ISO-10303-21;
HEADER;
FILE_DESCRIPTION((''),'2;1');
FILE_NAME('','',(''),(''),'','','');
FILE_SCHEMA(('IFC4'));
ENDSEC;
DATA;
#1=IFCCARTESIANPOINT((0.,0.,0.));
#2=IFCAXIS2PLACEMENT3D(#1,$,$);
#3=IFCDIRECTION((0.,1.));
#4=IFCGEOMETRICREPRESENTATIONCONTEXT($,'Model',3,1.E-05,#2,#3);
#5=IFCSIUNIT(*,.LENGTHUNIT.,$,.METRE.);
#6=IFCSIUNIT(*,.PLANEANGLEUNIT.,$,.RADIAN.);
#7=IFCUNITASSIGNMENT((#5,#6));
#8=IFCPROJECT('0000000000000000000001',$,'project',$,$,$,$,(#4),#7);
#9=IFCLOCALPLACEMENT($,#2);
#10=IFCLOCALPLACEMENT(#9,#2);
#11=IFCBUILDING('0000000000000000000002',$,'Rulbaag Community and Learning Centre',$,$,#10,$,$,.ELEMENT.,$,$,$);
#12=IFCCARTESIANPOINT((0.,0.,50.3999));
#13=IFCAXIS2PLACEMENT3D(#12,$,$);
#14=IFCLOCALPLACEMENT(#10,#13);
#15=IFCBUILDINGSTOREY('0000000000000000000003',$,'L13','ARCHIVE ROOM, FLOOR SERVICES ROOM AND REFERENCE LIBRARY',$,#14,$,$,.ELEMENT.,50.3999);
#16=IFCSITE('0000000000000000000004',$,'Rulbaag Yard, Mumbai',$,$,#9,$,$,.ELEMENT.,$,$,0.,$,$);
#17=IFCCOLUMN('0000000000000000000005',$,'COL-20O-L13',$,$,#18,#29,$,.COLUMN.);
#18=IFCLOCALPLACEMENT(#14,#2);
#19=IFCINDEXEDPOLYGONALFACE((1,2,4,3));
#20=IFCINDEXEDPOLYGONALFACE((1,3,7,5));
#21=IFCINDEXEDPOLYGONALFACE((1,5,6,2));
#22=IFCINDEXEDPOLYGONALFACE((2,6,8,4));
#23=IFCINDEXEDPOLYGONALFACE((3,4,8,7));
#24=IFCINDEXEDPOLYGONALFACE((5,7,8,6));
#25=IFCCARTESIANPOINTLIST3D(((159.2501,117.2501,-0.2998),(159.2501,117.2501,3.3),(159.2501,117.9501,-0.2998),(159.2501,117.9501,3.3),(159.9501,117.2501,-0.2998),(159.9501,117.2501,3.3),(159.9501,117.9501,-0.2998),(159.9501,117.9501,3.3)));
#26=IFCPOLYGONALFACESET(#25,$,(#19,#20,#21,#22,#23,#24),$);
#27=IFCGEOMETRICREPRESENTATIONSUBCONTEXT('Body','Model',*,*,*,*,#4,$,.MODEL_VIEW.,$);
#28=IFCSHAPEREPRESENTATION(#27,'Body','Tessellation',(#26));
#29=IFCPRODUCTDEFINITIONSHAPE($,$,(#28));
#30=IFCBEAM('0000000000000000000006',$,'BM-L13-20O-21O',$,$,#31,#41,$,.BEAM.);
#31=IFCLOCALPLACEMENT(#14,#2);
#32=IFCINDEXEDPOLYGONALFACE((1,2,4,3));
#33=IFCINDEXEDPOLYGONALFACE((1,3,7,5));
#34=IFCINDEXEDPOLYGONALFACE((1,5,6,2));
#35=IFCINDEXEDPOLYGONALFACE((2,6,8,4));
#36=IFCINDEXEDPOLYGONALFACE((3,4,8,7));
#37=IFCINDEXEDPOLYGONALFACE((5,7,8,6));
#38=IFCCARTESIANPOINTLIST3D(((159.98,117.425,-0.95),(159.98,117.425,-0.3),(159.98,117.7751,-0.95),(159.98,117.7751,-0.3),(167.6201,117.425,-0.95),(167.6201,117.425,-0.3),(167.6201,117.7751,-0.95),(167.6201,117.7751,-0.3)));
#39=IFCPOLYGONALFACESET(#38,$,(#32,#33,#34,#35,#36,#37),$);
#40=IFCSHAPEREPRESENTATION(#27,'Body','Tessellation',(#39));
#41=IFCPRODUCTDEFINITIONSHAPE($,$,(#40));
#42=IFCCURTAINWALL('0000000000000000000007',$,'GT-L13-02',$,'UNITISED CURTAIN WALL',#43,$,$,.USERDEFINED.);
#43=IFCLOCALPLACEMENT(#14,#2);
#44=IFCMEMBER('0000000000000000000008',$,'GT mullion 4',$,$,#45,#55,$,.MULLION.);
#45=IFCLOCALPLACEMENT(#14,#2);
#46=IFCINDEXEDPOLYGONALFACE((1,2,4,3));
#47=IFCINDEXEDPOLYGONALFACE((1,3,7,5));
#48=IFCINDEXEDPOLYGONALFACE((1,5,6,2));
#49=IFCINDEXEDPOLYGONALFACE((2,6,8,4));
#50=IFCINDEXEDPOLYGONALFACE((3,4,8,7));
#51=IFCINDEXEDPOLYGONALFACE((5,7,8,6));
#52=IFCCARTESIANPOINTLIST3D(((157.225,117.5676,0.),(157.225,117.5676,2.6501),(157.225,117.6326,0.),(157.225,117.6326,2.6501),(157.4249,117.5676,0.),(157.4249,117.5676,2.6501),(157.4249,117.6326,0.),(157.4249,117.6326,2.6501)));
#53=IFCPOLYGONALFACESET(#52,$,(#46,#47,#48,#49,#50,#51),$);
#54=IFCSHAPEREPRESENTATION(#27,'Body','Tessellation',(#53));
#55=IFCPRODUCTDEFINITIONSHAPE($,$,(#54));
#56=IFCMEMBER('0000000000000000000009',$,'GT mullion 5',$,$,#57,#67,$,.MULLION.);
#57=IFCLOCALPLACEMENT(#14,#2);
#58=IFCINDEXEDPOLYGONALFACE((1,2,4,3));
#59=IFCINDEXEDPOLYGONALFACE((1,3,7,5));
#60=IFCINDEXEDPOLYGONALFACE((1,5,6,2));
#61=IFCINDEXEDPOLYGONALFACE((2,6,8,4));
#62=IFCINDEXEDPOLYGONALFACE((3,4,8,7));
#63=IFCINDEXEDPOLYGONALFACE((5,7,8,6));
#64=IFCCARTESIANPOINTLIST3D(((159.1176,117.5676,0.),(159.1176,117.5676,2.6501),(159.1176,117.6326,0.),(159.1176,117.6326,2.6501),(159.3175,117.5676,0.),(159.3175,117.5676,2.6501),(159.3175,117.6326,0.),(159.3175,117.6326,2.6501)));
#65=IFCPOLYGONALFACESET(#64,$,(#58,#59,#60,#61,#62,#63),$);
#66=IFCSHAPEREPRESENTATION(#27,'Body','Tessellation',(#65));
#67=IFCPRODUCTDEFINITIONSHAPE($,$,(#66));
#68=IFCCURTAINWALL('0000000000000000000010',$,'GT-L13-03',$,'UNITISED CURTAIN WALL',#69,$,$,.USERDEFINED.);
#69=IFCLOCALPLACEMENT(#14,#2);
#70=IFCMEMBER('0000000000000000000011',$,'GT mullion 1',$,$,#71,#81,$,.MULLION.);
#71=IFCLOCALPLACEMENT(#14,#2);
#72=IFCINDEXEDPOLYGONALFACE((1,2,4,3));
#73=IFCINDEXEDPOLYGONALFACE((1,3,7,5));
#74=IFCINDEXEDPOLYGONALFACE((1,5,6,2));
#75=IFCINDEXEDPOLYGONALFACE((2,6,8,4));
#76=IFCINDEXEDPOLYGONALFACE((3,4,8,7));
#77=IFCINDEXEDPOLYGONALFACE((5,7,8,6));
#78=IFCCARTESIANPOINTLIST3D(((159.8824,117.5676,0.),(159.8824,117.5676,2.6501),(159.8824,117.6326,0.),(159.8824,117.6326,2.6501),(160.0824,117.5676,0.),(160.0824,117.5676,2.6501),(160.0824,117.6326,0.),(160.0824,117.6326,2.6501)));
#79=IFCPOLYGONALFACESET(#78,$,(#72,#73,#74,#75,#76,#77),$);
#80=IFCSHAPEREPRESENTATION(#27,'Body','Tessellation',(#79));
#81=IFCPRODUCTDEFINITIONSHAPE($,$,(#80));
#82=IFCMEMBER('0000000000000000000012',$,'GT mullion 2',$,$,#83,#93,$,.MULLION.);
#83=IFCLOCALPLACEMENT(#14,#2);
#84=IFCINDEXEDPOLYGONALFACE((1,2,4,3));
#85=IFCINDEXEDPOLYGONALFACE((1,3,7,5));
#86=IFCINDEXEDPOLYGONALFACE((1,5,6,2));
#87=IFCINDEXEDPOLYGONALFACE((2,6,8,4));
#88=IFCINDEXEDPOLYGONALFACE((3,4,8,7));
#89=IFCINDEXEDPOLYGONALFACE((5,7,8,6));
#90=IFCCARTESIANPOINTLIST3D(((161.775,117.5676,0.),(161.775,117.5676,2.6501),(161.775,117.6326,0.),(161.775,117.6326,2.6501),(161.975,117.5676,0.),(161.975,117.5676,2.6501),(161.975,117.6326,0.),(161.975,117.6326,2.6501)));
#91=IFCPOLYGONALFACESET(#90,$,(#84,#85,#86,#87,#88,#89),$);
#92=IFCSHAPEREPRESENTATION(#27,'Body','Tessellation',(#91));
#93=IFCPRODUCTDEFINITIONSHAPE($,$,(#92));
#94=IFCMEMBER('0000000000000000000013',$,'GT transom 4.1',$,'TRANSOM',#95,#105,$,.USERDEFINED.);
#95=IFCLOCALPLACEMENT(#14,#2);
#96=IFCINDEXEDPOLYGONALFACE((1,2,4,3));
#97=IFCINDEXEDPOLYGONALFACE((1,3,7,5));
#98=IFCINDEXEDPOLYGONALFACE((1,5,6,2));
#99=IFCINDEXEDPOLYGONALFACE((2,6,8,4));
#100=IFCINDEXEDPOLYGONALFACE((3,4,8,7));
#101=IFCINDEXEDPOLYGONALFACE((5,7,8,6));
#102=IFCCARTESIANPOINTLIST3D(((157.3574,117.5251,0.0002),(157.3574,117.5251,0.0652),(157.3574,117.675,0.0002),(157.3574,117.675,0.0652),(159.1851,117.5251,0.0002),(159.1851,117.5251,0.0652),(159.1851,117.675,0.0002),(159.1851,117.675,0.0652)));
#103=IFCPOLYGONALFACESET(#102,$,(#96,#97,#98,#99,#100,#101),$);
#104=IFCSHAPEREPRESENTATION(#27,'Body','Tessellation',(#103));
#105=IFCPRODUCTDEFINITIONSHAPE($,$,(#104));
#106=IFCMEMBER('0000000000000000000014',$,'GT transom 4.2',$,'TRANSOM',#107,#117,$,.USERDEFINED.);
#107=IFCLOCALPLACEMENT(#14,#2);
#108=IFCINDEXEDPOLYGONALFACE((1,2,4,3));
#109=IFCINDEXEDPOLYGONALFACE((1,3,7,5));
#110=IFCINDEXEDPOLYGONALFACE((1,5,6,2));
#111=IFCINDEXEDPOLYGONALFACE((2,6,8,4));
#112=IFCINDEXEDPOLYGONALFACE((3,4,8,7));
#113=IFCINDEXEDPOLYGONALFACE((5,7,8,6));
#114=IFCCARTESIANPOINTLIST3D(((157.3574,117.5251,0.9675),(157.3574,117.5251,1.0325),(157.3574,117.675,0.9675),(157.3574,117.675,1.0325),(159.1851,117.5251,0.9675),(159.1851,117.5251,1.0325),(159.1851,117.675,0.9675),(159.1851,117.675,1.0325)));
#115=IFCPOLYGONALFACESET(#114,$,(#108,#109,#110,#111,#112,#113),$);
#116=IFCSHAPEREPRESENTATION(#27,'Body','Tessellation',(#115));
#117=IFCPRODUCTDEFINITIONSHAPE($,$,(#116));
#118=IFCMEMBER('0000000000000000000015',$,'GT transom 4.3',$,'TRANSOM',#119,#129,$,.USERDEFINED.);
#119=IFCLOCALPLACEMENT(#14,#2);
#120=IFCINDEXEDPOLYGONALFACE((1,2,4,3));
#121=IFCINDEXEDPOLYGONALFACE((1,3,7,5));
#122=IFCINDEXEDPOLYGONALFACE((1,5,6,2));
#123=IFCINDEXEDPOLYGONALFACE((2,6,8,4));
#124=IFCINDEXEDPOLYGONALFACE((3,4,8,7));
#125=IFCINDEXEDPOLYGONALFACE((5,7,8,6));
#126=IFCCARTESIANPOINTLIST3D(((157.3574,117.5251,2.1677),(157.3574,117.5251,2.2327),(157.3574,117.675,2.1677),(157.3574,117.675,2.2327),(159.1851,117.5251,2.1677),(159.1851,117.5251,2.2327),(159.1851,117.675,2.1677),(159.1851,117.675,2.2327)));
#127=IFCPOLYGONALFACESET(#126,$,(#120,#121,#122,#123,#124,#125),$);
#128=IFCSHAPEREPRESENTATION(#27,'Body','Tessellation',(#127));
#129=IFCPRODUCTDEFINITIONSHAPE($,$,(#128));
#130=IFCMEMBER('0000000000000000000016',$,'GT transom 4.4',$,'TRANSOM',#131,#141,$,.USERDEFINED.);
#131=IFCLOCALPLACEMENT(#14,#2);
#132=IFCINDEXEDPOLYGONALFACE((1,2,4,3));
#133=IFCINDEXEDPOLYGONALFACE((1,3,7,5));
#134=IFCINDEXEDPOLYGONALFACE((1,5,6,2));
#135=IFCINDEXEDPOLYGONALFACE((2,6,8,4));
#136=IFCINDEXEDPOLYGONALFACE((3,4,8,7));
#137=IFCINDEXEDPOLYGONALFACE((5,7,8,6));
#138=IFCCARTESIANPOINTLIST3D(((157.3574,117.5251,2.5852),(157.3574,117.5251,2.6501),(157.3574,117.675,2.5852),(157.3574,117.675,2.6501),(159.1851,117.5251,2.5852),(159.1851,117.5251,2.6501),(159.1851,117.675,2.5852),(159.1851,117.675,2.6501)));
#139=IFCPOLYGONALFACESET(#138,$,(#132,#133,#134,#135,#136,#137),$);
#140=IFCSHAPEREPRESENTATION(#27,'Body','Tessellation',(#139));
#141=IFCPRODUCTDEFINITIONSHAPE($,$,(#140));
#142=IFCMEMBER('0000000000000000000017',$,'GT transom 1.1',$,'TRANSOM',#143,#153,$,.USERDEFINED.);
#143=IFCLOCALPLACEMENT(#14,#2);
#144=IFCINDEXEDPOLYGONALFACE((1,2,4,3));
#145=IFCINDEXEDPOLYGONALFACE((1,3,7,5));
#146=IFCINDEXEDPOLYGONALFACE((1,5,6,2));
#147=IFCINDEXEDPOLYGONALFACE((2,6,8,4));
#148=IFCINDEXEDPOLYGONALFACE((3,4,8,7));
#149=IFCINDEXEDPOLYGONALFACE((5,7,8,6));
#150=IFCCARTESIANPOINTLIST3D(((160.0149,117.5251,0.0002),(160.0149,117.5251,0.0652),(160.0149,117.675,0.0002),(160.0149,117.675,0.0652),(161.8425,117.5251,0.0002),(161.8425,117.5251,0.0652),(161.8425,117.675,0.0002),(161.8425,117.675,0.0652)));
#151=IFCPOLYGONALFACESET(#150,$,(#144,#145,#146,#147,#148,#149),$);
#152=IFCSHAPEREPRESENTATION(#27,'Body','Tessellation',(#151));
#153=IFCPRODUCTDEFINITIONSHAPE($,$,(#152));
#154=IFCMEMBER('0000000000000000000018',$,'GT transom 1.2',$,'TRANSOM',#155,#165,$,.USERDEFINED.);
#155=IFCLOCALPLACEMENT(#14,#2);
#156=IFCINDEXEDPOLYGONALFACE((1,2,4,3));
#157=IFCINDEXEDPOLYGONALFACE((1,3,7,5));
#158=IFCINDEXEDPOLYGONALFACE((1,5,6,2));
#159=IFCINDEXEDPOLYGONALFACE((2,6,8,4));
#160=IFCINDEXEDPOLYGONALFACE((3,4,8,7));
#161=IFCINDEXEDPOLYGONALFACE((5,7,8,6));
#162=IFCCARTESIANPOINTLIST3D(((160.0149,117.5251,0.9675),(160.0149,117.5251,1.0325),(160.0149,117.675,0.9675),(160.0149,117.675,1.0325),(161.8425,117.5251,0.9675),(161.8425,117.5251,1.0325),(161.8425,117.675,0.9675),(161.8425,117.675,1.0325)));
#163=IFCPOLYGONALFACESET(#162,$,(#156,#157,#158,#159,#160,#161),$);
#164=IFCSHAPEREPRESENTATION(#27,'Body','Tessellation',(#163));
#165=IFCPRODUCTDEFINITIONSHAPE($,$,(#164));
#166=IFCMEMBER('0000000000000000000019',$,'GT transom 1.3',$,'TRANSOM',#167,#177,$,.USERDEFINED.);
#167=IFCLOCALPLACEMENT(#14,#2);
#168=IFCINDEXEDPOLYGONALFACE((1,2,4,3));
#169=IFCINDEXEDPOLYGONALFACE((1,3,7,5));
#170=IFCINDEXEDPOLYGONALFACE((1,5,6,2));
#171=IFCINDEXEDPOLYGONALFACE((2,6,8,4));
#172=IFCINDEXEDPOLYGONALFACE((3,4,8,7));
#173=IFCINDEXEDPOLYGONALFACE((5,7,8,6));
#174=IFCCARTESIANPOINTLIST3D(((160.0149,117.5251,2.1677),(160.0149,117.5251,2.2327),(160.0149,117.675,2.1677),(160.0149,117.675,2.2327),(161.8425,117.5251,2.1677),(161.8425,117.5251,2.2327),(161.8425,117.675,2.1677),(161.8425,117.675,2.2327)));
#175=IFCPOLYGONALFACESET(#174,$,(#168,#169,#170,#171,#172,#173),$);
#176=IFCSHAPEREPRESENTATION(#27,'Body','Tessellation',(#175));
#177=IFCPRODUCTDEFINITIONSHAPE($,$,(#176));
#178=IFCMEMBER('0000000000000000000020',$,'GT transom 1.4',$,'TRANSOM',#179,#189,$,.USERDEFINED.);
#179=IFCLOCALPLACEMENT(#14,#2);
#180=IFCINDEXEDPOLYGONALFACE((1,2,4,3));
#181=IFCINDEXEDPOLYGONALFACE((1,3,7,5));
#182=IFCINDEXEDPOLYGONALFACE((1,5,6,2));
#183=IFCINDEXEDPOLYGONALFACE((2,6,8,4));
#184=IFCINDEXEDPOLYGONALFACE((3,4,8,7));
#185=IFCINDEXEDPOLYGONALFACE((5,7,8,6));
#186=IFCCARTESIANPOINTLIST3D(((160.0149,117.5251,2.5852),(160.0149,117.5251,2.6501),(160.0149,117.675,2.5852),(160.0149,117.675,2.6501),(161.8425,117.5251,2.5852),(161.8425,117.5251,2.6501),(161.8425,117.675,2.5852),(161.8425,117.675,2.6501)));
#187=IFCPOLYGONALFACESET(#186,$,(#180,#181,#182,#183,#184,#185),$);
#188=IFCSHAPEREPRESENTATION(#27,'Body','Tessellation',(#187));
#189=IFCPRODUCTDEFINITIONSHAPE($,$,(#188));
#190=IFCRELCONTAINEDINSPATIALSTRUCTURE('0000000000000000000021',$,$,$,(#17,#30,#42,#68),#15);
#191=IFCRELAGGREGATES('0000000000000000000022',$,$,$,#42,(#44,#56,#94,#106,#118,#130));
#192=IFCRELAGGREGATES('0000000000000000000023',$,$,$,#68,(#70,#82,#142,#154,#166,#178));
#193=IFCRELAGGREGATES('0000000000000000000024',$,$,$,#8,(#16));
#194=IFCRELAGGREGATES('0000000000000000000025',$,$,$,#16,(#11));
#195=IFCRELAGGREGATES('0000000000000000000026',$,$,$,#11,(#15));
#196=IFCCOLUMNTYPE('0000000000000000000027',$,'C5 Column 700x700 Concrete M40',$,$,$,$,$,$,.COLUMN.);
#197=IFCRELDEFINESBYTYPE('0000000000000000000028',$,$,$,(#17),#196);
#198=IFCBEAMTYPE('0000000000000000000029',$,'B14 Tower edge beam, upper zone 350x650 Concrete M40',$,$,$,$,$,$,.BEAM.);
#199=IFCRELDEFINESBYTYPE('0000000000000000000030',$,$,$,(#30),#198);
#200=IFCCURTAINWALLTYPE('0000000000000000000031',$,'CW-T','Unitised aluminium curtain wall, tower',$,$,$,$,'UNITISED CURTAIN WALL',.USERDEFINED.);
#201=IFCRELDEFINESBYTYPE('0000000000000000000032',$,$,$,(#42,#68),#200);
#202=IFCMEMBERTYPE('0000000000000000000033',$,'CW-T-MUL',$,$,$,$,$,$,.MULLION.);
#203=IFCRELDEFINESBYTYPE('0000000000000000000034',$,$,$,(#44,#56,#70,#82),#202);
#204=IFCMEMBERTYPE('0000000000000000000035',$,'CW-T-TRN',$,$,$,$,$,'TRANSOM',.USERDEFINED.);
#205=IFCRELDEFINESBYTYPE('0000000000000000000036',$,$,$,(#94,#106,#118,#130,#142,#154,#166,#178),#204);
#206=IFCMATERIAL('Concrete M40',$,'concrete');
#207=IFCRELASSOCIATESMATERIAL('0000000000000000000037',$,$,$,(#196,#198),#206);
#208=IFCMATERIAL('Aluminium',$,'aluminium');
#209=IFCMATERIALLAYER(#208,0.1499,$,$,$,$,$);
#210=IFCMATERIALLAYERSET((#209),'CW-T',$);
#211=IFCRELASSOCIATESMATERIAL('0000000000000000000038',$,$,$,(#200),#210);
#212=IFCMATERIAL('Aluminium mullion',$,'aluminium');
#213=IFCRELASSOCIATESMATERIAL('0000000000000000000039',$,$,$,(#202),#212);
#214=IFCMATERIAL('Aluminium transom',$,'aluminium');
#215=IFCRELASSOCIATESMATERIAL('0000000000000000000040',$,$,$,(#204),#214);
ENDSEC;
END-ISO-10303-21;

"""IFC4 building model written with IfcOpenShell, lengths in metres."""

from ifc_helpers import new_model, si_unit, direction, frame, origin, origin_2d, place, context, subcontext, project, spatial, rectangle, extrude, material, layer, layer_set, material_profile, profile_set, type_object, element, aggregate, save


model = new_model("IFC4")

# Units and contexts
model_context = context("Model", 3, precision=1e-05, world=origin(), true_north=direction((0.0, 1.0)))
body_context = subcontext(model_context, "Body", "Model", "MODEL_VIEW")
ifc_project = project(units=[si_unit("LENGTHUNIT", "METRE"), si_unit("PLANEANGLEUNIT", "RADIAN")], contexts=[model_context])

# Site, building, storey
site_placement = place(None, origin())
site = spatial("IfcSite", under=ifc_project, at=site_placement, Name="Rulbaag Yard, Mumbai", CompositionType="ELEMENT", RefElevation=0.0)
building_placement = place(site_placement, origin())
building = spatial("IfcBuilding", under=site, at=building_placement, Name="Rulbaag Community and Learning Centre", CompositionType="ELEMENT")
storey_placement = place(building_placement, frame((0.0, 0.0, 50.3999)))
storey = spatial("IfcBuildingStorey", under=building, at=storey_placement, Name="L13", Description="ARCHIVE ROOM, FLOOR SERVICES ROOM AND REFERENCE LIBRARY", CompositionType="ELEMENT", Elevation=50.3999)

# Column
ifc_material_1 = material(Name="Concrete M40", Category="concrete")
ifc_material_profile_1 = material_profile(ifc_material_1, rectangle(XDim=0.7, YDim=0.7, at=origin_2d()), Name="RC700x700")
ifc_profile_set_1 = profile_set([ifc_material_profile_1], Name="Concrete M40")
column_type = type_object("IfcColumnType", Name="C5 Column 700x700 Concrete M40", PredefinedType="COLUMN", material=ifc_profile_set_1)
column_placement = place(storey_placement, frame((159.6001, 117.6001, -0.2998), z_axis=(0.0, 0.0, 1.0), x_axis=(1.0, 0.0, 0.0)))
element("IfcColumn", 1, at=column_placement, inside=storey, type_object=column_type, Name="COL-20O-L13", PredefinedType="COLUMN", context=body_context, shape_type="SweptSolid", body=[
    extrude(rectangle(XDim=0.7, YDim=0.7, at=origin_2d()), origin(), (0.0, 0.0, 1.0), 3.5999),
])

# Beam
ifc_material_profile_2 = material_profile(ifc_material_1, rectangle(XDim=0.3501, YDim=0.6499, at=origin_2d()), Name="RB350x650")
ifc_profile_set_2 = profile_set([ifc_material_profile_2], Name="Concrete M40")
beam_type = type_object("IfcBeamType", Name="B14 Tower edge beam, upper zone 350x650 Concrete M40", PredefinedType="BEAM", material=ifc_profile_set_2)
beam_placement = place(storey_placement, frame((159.98, 117.6001, -0.625), z_axis=(1.0, 0.0, 0.0), x_axis=(0.0, 1.0, 0.0)))
element("IfcBeam", 2, at=beam_placement, inside=storey, type_object=beam_type, Name="BM-L13-20O-21O", PredefinedType="BEAM", context=body_context, shape_type="SweptSolid", body=[
    extrude(rectangle(XDim=0.3501, YDim=0.6499, at=origin_2d()), origin(), (0.0, 0.0, 1.0), 7.6401),
])

# Curtain walls, members
ifc_material_2 = material(Name="Aluminium", Category="aluminium")
ifc_layer_1 = layer(ifc_material_2, 0.1499)
ifc_layer_set_1 = layer_set([ifc_layer_1], Name="CW-T")
curtain_wall_type = type_object("IfcCurtainWallType", Name="CW-T", Description="Unitised aluminium curtain wall, tower", ElementType="UNITISED CURTAIN WALL", PredefinedType="USERDEFINED", material=ifc_layer_set_1)
curtain_wall_1_placement = place(storey_placement, origin())
curtain_wall_1 = element("IfcCurtainWall", 3, at=curtain_wall_1_placement, inside=storey, type_object=curtain_wall_type, Name="GT-L13-02", ObjectType="UNITISED CURTAIN WALL", PredefinedType="USERDEFINED")
ifc_material_3 = material(Name="Aluminium mullion", Category="aluminium")
ifc_material_profile_3 = material_profile(ifc_material_3, rectangle(XDim=0.0649, YDim=0.2, at=origin_2d()), Name="AL 65x200")
ifc_profile_set_3 = profile_set([ifc_material_profile_3], Name="Aluminium mullion")
member_type_1 = type_object("IfcMemberType", Name="CW-T-MUL", PredefinedType="MULLION", material=ifc_profile_set_3)
member_1_placement = place(storey_placement, frame((157.325, 117.6001, 0.0), z_axis=(0.0, 0.0, 1.0), x_axis=(0.0, 1.0, 0.0)))
member_1 = element("IfcMember", 4, at=member_1_placement, type_object=member_type_1, Name="GT mullion 4", PredefinedType="MULLION", context=body_context, shape_type="SweptSolid", body=[
    extrude(rectangle(XDim=0.0649, YDim=0.2, at=origin_2d()), origin(), (0.0, 0.0, 1.0), 2.6501),
])
member_2_placement = place(storey_placement, frame((159.2175, 117.6001, 0.0), z_axis=(0.0, 0.0, 1.0), x_axis=(0.0, 1.0, 0.0)))
member_2 = element("IfcMember", 5, at=member_2_placement, type_object=member_type_1, Name="GT mullion 5", PredefinedType="MULLION", context=body_context, shape_type="SweptSolid", body=[
    extrude(rectangle(XDim=0.0649, YDim=0.2, at=origin_2d()), origin(), (0.0, 0.0, 1.0), 2.6501),
])
curtain_wall_2_placement = place(storey_placement, origin())
curtain_wall_2 = element("IfcCurtainWall", 6, at=curtain_wall_2_placement, inside=storey, type_object=curtain_wall_type, Name="GT-L13-03", ObjectType="UNITISED CURTAIN WALL", PredefinedType="USERDEFINED")
member_3_placement = place(storey_placement, frame((159.9824, 117.6001, 0.0), z_axis=(0.0, 0.0, 1.0), x_axis=(0.0, 1.0, 0.0)))
member_3 = element("IfcMember", 7, at=member_3_placement, type_object=member_type_1, Name="GT mullion 1", PredefinedType="MULLION", context=body_context, shape_type="SweptSolid", body=[
    extrude(rectangle(XDim=0.0649, YDim=0.2, at=origin_2d()), origin(), (0.0, 0.0, 1.0), 2.6501),
])
member_4_placement = place(storey_placement, frame((161.875, 117.6001, 0.0), z_axis=(0.0, 0.0, 1.0), x_axis=(0.0, 1.0, 0.0)))
member_4 = element("IfcMember", 8, at=member_4_placement, type_object=member_type_1, Name="GT mullion 2", PredefinedType="MULLION", context=body_context, shape_type="SweptSolid", body=[
    extrude(rectangle(XDim=0.0649, YDim=0.2, at=origin_2d()), origin(), (0.0, 0.0, 1.0), 2.6501),
])

# Members
ifc_material_4 = material(Name="Aluminium transom", Category="aluminium")
ifc_material_profile_4 = material_profile(ifc_material_4, rectangle(XDim=0.1499, YDim=0.0649, at=origin_2d()), Name="AL 65x150 T")
ifc_profile_set_4 = profile_set([ifc_material_profile_4], Name="Aluminium transom")
member_type_2 = type_object("IfcMemberType", Name="CW-T-TRN", ElementType="TRANSOM", PredefinedType="USERDEFINED", material=ifc_profile_set_4)
member_5_placement = place(storey_placement, frame((157.3574, 117.6001, 0.0327), z_axis=(1.0, 0.0, 0.0), x_axis=(0.0, 1.0, 0.0)))
member_5 = element("IfcMember", 9, at=member_5_placement, type_object=member_type_2, Name="GT transom 4.1", ObjectType="TRANSOM", PredefinedType="USERDEFINED", context=body_context, shape_type="SweptSolid", body=[
    extrude(rectangle(XDim=0.1499, YDim=0.0649, at=origin_2d()), origin(), (0.0, 0.0, 1.0), 1.8276),
])
member_6_placement = place(storey_placement, frame((157.3574, 117.6001, 1.0), z_axis=(1.0, 0.0, 0.0), x_axis=(0.0, 1.0, 0.0)))
member_6 = element("IfcMember", 10, at=member_6_placement, type_object=member_type_2, Name="GT transom 4.2", ObjectType="TRANSOM", PredefinedType="USERDEFINED", context=body_context, shape_type="SweptSolid", body=[
    extrude(rectangle(XDim=0.1499, YDim=0.0649, at=origin_2d()), origin(), (0.0, 0.0, 1.0), 1.8276),
])
member_7_placement = place(storey_placement, frame((157.3574, 117.6001, 2.2002), z_axis=(1.0, 0.0, 0.0), x_axis=(0.0, 1.0, 0.0)))
member_7 = element("IfcMember", 11, at=member_7_placement, type_object=member_type_2, Name="GT transom 4.3", ObjectType="TRANSOM", PredefinedType="USERDEFINED", context=body_context, shape_type="SweptSolid", body=[
    extrude(rectangle(XDim=0.1499, YDim=0.0649, at=origin_2d()), origin(), (0.0, 0.0, 1.0), 1.8276),
])
member_8_placement = place(storey_placement, frame((157.3574, 117.6001, 2.6177), z_axis=(1.0, 0.0, 0.0), x_axis=(0.0, 1.0, 0.0)))
member_8 = element("IfcMember", 12, at=member_8_placement, type_object=member_type_2, Name="GT transom 4.4", ObjectType="TRANSOM", PredefinedType="USERDEFINED", context=body_context, shape_type="SweptSolid", body=[
    extrude(rectangle(XDim=0.1499, YDim=0.0649, at=origin_2d()), origin(), (0.0, 0.0, 1.0), 1.8276),
])
member_9_placement = place(storey_placement, frame((160.0149, 117.6001, 0.0327), z_axis=(1.0, 0.0, 0.0), x_axis=(0.0, 1.0, 0.0)))
member_9 = element("IfcMember", 13, at=member_9_placement, type_object=member_type_2, Name="GT transom 1.1", ObjectType="TRANSOM", PredefinedType="USERDEFINED", context=body_context, shape_type="SweptSolid", body=[
    extrude(rectangle(XDim=0.1499, YDim=0.0649, at=origin_2d()), origin(), (0.0, 0.0, 1.0), 1.8276),
])
member_10_placement = place(storey_placement, frame((160.0149, 117.6001, 1.0), z_axis=(1.0, 0.0, 0.0), x_axis=(0.0, 1.0, 0.0)))
member_10 = element("IfcMember", 14, at=member_10_placement, type_object=member_type_2, Name="GT transom 1.2", ObjectType="TRANSOM", PredefinedType="USERDEFINED", context=body_context, shape_type="SweptSolid", body=[
    extrude(rectangle(XDim=0.1499, YDim=0.0649, at=origin_2d()), origin(), (0.0, 0.0, 1.0), 1.8276),
])
member_11_placement = place(storey_placement, frame((160.0149, 117.6001, 2.2002), z_axis=(1.0, 0.0, 0.0), x_axis=(0.0, 1.0, 0.0)))
member_11 = element("IfcMember", 15, at=member_11_placement, type_object=member_type_2, Name="GT transom 1.3", ObjectType="TRANSOM", PredefinedType="USERDEFINED", context=body_context, shape_type="SweptSolid", body=[
    extrude(rectangle(XDim=0.1499, YDim=0.0649, at=origin_2d()), origin(), (0.0, 0.0, 1.0), 1.8276),
])
member_12_placement = place(storey_placement, frame((160.0149, 117.6001, 2.6177), z_axis=(1.0, 0.0, 0.0), x_axis=(0.0, 1.0, 0.0)))
member_12 = element("IfcMember", 16, at=member_12_placement, type_object=member_type_2, Name="GT transom 1.4", ObjectType="TRANSOM", PredefinedType="USERDEFINED", context=body_context, shape_type="SweptSolid", body=[
    extrude(rectangle(XDim=0.1499, YDim=0.0649, at=origin_2d()), origin(), (0.0, 0.0, 1.0), 1.8276),
])

aggregate(curtain_wall_1, [member_1, member_2, member_5, member_6, member_7, member_8])
aggregate(curtain_wall_2, [member_3, member_4, member_9, member_10, member_11, member_12])

save(model, "model.ifc")
